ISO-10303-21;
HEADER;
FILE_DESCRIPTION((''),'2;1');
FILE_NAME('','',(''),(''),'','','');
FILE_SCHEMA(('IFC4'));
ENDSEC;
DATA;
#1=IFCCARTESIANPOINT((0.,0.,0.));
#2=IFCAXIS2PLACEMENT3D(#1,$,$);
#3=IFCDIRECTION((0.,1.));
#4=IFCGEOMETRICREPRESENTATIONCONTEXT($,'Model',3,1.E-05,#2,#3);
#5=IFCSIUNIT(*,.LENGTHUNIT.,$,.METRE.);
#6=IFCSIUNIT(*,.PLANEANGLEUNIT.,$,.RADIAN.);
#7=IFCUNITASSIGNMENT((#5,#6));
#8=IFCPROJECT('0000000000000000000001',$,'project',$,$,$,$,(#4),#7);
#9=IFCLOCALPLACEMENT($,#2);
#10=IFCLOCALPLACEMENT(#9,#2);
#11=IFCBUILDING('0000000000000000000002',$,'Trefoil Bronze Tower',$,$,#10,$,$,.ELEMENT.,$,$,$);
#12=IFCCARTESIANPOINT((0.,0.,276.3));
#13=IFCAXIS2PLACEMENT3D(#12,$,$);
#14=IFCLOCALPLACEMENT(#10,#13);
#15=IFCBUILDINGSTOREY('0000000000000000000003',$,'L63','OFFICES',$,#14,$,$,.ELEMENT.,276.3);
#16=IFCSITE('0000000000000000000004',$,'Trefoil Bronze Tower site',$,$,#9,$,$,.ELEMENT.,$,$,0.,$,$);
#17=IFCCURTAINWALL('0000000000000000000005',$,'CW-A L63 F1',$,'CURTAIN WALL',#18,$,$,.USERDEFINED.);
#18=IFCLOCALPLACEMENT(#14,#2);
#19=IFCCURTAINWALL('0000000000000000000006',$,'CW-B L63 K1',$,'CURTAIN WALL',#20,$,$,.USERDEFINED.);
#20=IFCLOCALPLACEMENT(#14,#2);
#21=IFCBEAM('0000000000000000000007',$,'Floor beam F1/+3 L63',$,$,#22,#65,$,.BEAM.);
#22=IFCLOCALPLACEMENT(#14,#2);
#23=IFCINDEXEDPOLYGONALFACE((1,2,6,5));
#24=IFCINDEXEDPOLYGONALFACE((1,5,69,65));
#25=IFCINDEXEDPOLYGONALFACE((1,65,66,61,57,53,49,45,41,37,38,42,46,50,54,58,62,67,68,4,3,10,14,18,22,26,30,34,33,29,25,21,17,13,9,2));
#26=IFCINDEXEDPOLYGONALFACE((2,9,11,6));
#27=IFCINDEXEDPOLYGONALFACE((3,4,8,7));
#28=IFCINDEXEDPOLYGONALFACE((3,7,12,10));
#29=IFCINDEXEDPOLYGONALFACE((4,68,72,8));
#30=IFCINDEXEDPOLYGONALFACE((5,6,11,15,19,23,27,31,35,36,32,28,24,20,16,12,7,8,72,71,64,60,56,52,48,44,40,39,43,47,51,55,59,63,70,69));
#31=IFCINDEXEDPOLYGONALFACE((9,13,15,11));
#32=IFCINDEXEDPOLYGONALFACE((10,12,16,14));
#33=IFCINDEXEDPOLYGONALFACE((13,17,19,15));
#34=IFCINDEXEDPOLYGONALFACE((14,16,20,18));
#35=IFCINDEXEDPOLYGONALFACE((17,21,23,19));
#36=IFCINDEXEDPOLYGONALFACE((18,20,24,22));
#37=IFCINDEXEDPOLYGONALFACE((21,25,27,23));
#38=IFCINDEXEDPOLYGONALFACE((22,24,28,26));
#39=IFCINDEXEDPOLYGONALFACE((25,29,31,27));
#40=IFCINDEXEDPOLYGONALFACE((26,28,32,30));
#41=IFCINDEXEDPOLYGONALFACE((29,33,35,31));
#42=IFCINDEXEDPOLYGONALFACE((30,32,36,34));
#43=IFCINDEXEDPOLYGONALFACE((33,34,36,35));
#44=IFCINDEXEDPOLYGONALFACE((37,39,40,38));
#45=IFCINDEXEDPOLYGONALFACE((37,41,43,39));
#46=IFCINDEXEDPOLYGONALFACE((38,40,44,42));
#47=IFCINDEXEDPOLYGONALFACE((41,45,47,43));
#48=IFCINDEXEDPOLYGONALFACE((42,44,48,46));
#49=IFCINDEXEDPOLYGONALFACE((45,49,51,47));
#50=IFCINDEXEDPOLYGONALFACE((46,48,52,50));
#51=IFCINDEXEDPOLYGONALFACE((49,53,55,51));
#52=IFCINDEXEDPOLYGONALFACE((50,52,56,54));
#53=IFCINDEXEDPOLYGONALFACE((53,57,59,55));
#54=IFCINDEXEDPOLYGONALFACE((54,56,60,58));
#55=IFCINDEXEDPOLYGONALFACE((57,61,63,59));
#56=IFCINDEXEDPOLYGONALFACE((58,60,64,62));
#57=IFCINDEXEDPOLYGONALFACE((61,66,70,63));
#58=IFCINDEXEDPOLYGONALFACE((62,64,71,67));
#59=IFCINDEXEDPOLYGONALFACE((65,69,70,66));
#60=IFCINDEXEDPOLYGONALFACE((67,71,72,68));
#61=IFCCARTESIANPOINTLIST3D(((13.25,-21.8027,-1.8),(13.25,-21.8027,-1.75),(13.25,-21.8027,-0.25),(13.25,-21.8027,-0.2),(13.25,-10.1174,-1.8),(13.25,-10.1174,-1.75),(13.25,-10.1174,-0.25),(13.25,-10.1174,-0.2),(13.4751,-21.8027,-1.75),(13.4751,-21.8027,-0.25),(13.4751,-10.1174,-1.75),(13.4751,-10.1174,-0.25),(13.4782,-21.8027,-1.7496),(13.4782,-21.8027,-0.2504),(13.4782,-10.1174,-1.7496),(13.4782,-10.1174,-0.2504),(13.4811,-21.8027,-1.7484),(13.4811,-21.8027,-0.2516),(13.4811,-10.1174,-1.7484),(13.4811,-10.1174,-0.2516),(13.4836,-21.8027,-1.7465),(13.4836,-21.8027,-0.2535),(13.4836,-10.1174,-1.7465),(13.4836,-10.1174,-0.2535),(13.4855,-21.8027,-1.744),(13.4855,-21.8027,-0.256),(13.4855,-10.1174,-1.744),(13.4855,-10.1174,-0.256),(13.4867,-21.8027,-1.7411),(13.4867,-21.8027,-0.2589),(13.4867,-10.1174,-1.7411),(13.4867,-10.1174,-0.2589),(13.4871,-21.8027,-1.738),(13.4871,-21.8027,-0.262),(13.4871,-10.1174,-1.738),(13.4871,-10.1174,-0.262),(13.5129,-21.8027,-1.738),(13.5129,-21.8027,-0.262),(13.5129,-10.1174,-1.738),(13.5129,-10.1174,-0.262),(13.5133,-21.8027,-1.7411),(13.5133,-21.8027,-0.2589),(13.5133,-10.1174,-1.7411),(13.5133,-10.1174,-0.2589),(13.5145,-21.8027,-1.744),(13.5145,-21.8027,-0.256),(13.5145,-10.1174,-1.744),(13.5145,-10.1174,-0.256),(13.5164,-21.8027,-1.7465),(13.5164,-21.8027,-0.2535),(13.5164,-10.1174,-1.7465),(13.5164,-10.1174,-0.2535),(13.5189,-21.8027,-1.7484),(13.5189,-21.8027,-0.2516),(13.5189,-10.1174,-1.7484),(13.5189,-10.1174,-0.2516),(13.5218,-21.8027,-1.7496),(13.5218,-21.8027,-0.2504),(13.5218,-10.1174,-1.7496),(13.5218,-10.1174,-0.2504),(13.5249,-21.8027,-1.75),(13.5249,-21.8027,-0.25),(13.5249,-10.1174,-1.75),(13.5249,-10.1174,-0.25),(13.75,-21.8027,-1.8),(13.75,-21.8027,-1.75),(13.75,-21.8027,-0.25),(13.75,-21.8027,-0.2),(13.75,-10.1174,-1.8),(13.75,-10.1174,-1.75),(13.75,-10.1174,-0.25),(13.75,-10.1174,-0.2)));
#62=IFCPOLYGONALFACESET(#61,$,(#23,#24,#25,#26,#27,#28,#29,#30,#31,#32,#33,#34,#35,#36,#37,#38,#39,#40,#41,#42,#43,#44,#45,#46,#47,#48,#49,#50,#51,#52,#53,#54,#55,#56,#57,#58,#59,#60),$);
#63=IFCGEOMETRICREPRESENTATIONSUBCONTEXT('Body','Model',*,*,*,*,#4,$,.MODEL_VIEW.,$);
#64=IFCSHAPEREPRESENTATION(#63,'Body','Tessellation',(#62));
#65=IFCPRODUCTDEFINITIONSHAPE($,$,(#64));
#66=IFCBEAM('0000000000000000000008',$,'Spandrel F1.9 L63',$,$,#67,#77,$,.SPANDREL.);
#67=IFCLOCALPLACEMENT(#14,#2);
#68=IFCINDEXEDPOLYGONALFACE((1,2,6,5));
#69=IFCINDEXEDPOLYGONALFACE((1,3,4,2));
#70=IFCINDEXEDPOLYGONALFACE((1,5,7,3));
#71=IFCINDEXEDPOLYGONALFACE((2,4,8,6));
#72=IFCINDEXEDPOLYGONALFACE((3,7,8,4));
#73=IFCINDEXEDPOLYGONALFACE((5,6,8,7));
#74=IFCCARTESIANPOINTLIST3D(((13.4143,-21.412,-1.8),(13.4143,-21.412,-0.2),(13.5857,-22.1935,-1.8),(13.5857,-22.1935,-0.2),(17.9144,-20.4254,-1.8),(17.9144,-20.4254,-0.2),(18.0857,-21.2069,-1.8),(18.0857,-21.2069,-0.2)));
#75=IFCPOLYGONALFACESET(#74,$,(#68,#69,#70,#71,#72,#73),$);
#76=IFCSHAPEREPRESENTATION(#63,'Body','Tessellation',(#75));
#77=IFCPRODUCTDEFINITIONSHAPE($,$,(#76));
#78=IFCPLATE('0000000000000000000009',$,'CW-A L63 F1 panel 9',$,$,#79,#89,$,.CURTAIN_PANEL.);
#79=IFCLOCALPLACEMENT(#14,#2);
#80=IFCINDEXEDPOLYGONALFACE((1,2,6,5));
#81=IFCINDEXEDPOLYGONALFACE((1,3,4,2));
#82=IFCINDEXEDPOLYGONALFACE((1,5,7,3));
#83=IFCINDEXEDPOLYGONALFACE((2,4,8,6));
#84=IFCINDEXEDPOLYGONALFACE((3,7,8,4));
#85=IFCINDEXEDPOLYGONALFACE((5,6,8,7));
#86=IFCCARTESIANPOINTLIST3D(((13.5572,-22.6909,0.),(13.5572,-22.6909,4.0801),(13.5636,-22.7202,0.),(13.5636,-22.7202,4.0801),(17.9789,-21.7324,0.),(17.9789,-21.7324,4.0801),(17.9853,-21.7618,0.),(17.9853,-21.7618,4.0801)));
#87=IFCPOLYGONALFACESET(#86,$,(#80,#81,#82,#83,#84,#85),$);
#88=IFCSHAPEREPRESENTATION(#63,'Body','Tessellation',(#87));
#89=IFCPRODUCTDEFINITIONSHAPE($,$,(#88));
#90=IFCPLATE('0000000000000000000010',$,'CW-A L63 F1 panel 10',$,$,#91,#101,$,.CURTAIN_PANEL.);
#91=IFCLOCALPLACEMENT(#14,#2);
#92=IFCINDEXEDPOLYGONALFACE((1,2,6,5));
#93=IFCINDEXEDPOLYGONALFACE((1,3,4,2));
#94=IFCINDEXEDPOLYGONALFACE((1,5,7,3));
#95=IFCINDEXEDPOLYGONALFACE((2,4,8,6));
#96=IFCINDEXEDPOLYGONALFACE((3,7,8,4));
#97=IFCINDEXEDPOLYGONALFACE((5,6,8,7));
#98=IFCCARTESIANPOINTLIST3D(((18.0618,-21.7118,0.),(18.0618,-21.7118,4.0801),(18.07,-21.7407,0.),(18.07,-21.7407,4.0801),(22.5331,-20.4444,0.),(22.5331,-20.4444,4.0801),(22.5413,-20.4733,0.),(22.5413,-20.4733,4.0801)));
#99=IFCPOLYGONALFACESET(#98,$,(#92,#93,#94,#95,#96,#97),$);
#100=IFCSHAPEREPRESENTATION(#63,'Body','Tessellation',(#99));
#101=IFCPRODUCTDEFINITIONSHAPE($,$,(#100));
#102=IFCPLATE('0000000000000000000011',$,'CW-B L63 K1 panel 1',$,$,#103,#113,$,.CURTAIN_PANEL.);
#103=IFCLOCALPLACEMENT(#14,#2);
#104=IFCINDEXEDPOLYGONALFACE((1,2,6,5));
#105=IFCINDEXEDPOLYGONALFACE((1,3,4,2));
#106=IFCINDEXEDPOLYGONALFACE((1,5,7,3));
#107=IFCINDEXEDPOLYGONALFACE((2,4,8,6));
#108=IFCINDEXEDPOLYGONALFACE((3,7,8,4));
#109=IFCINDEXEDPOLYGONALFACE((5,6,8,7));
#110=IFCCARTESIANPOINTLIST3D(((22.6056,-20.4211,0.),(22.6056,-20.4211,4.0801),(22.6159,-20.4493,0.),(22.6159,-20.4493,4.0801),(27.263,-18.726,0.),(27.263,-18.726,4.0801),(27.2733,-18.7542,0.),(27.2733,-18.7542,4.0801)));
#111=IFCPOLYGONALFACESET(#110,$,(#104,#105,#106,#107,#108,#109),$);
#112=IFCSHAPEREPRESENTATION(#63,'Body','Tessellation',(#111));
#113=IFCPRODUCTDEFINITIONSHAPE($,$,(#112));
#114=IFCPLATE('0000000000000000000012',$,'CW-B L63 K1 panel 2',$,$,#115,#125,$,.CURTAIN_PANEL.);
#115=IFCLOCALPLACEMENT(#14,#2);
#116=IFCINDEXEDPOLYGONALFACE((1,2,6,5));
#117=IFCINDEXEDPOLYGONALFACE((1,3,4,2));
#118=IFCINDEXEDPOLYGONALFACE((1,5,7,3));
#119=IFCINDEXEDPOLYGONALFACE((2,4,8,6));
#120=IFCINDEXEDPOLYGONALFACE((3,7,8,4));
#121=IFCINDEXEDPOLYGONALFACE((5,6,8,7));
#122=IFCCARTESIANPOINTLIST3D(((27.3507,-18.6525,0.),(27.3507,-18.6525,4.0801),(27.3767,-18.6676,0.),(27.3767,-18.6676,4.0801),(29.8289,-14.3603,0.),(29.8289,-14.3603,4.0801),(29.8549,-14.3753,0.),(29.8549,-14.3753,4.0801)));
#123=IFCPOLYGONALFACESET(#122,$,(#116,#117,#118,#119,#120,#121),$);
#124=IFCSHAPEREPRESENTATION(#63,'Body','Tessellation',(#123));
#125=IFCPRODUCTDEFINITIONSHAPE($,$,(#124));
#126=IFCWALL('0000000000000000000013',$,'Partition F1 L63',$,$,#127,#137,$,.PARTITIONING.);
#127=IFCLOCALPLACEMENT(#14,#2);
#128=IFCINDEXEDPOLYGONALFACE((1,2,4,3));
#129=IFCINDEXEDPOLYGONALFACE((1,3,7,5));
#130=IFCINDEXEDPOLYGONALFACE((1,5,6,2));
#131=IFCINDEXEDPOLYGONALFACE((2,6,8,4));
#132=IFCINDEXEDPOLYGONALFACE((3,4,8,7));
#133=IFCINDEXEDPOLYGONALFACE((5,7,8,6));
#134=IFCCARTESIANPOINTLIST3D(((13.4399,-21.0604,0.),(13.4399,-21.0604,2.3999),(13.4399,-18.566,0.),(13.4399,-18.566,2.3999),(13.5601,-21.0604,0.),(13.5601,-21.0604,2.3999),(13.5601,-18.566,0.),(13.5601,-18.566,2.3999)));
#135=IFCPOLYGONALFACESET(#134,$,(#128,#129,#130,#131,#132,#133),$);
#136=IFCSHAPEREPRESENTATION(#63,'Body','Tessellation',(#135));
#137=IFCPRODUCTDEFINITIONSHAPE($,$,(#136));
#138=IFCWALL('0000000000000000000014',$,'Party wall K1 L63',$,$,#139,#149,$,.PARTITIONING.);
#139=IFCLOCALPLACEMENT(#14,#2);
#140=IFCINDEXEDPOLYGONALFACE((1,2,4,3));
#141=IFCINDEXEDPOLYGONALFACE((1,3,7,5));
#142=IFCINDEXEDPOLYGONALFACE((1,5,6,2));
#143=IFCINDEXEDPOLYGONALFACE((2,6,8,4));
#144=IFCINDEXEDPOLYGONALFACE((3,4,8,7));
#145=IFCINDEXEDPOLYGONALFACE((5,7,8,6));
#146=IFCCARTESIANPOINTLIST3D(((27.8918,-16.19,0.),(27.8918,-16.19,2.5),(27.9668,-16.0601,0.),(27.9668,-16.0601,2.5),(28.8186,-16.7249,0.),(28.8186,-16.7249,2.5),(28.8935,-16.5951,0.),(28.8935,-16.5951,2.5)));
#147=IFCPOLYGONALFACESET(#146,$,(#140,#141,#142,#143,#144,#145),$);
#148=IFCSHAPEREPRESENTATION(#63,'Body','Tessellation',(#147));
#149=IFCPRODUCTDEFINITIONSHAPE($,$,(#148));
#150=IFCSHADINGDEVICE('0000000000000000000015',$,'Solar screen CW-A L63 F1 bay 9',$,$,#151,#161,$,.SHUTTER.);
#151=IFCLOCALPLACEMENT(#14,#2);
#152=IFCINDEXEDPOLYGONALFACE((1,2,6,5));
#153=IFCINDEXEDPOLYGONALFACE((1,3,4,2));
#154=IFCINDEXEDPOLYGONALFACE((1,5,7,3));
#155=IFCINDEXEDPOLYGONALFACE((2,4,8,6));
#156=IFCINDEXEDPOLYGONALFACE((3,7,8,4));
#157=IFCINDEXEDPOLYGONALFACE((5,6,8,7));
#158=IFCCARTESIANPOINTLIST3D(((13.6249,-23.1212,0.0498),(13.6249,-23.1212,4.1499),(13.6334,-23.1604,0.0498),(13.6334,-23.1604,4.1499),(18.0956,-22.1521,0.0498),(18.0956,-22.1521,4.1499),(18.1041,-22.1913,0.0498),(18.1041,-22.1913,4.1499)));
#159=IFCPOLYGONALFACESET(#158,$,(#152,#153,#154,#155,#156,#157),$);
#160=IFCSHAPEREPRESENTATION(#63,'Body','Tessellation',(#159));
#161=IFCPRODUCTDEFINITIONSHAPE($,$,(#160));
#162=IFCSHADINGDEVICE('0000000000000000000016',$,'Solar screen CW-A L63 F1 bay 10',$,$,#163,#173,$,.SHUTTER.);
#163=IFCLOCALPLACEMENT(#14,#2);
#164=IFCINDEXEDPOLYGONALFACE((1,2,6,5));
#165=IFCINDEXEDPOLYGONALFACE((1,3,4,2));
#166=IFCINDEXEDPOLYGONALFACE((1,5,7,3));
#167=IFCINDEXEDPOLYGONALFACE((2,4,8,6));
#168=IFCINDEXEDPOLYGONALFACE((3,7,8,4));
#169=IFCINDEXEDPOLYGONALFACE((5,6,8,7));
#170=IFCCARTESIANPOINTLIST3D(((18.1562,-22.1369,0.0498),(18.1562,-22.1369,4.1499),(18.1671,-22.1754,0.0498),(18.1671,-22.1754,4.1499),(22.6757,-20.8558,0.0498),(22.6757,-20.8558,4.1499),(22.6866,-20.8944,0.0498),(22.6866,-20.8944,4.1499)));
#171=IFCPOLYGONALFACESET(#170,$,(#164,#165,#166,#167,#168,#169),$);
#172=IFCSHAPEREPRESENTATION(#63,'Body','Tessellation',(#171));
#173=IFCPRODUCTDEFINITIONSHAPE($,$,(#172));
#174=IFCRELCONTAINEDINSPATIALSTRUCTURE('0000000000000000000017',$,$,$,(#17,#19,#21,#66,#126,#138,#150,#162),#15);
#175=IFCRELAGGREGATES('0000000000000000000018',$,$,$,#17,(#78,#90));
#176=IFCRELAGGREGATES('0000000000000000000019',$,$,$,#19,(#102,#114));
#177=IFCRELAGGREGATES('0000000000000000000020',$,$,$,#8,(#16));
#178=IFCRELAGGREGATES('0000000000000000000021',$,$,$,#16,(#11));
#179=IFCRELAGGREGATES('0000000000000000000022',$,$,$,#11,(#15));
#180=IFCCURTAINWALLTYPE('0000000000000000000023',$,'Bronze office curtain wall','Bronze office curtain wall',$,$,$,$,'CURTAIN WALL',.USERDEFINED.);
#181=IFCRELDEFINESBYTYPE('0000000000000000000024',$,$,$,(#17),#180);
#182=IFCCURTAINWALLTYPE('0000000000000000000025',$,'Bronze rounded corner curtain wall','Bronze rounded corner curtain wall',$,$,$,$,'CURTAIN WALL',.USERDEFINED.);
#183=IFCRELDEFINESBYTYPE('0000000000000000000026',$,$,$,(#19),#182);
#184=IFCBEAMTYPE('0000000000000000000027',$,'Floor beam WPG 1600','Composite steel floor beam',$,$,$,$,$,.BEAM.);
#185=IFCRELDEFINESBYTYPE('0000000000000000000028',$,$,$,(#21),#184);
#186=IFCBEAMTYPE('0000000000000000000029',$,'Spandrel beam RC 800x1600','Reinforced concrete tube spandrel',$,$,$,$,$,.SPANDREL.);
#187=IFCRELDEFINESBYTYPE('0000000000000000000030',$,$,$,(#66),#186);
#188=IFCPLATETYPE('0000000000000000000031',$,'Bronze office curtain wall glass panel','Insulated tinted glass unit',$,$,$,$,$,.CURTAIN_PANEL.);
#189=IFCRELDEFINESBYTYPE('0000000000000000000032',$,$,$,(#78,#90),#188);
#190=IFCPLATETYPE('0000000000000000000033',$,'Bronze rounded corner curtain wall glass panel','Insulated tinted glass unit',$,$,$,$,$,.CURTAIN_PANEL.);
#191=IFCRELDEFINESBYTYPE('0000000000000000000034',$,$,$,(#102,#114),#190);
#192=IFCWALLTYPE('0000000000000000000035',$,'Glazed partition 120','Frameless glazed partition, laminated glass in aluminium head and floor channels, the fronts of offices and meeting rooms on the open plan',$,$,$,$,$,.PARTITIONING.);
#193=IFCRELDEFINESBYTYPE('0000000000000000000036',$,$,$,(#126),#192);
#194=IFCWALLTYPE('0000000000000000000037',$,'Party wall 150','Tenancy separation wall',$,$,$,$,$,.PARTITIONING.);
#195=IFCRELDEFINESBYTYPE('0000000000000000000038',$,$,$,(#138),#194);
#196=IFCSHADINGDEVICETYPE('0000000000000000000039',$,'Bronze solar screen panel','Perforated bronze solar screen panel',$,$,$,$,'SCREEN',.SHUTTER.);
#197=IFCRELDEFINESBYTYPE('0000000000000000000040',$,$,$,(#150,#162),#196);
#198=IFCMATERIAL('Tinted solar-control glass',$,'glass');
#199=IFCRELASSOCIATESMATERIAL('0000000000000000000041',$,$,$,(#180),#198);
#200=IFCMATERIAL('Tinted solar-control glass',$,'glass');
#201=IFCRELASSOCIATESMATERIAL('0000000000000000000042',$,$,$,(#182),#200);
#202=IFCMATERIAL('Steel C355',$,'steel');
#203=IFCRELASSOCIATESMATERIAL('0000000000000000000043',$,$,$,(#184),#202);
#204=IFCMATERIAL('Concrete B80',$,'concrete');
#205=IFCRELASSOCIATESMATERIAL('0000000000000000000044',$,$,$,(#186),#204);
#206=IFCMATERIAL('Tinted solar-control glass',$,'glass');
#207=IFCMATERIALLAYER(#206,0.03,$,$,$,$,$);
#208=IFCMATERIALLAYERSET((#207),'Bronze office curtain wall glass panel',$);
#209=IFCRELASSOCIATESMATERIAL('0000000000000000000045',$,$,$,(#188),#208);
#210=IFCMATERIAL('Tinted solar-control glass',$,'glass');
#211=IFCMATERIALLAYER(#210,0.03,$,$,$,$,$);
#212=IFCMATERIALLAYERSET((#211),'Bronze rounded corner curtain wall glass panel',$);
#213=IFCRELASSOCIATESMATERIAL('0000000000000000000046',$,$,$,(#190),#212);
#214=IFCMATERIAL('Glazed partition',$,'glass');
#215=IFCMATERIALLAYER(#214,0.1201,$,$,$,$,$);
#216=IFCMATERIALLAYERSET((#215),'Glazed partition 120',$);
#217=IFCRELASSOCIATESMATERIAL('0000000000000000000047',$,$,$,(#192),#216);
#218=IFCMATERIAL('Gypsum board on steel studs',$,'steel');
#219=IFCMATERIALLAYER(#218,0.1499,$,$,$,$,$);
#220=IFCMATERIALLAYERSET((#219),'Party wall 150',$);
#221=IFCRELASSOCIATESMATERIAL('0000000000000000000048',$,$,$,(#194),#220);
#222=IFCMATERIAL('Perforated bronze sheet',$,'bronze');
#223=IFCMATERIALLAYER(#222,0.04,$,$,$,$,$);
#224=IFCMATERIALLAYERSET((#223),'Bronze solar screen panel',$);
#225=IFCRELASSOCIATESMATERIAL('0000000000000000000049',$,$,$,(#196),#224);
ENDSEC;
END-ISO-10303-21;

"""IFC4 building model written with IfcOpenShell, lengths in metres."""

from ifc_helpers import new_model, si_unit, direction, frame, frame_2d, origin, origin_2d, place, context, subcontext, project, spatial, rectangle, i_section, extrude, material, layer, layer_set, material_profile, profile_set, type_object, element, aggregate, save


model = new_model("IFC4")

# Units and contexts
model_context = context("Model", 3, precision=1e-05, world=origin(), true_north=direction((0.0, 1.0)))
body_context = subcontext(model_context, "Body", "Model", "MODEL_VIEW")
ifc_project = project(units=[si_unit("LENGTHUNIT", "METRE"), si_unit("PLANEANGLEUNIT", "RADIAN")], contexts=[model_context])

# Site, building, storey
site_placement = place(None, origin())
site = spatial("IfcSite", under=ifc_project, at=site_placement, Name="Trefoil Bronze Tower site", CompositionType="ELEMENT", RefElevation=0.0)
building_placement = place(site_placement, origin())
building = spatial("IfcBuilding", under=site, at=building_placement, Name="Trefoil Bronze Tower", CompositionType="ELEMENT")
storey_placement = place(building_placement, frame((0.0, 0.0, 276.3)))
storey = spatial("IfcBuildingStorey", under=building, at=storey_placement, Name="L63", Description="OFFICES", CompositionType="ELEMENT", Elevation=276.3)

# Curtain walls
ifc_material_1 = material(Name="Tinted solar-control glass", Category="glass")
curtain_wall_type_1 = type_object("IfcCurtainWallType", Name="Bronze office curtain wall", Description="Bronze office curtain wall", ElementType="CURTAIN WALL", PredefinedType="USERDEFINED", material=ifc_material_1)
curtain_wall_1_placement = place(storey_placement, origin())
curtain_wall_1 = element("IfcCurtainWall", 1, at=curtain_wall_1_placement, inside=storey, type_object=curtain_wall_type_1, Name="CW-A L63 F1", ObjectType="CURTAIN WALL", PredefinedType="USERDEFINED")
ifc_material_2 = material(Name="Tinted solar-control glass", Category="glass")
curtain_wall_type_2 = type_object("IfcCurtainWallType", Name="Bronze rounded corner curtain wall", Description="Bronze rounded corner curtain wall", ElementType="CURTAIN WALL", PredefinedType="USERDEFINED", material=ifc_material_2)
curtain_wall_2_placement = place(storey_placement, origin())
curtain_wall_2 = element("IfcCurtainWall", 2, at=curtain_wall_2_placement, inside=storey, type_object=curtain_wall_type_2, Name="CW-B L63 K1", ObjectType="CURTAIN WALL", PredefinedType="USERDEFINED")

# Beams
ifc_material_3 = material(Name="Steel C355", Category="steel")
ifc_material_profile_1 = material_profile(ifc_material_3, i_section(OverallWidth=0.5, OverallDepth=1.6001, WebThickness=0.0259, FlangeThickness=0.05, FilletRadius=0.012, at=origin_2d()), Name="WPG 1600")
ifc_profile_set_1 = profile_set([ifc_material_profile_1], Name="Steel C355")
beam_type_1 = type_object("IfcBeamType", Name="Floor beam WPG 1600", Description="Composite steel floor beam", PredefinedType="BEAM", material=ifc_profile_set_1)
beam_1_placement = place(storey_placement, frame((13.5, -21.8027, -1.0), z_axis=(0.0, 1.0, 0.0), x_axis=(-1.0, 0.0, 0.0)))
element("IfcBeam", 3, at=beam_1_placement, inside=storey, type_object=beam_type_1, Name="Floor beam F1/+3 L63", PredefinedType="BEAM", context=body_context, shape_type="SweptSolid", body=[
    extrude(i_section(OverallWidth=0.5, OverallDepth=1.6001, WebThickness=0.0259, FlangeThickness=0.05, FilletRadius=0.012, at=origin_2d()), origin(), (0.0, 0.0, 1.0), 11.6853),
])
ifc_material_4 = material(Name="Concrete B80", Category="concrete")
ifc_material_profile_2 = material_profile(ifc_material_4, rectangle(XDim=0.8, YDim=1.6001, at=origin_2d()), Name="RC 800x1600")
ifc_profile_set_2 = profile_set([ifc_material_profile_2], Name="Concrete B80")
beam_type_2 = type_object("IfcBeamType", Name="Spandrel beam RC 800x1600", Description="Reinforced concrete tube spandrel", PredefinedType="SPANDREL", material=ifc_profile_set_2)
beam_2_placement = place(storey_placement, frame((13.5, -21.8027, -1.0), z_axis=(0.9768, 0.214152, 0.0), x_axis=(-0.214152, 0.9768, 0.0)))
element("IfcBeam", 4, at=beam_2_placement, inside=storey, type_object=beam_type_2, Name="Spandrel F1.9 L63", PredefinedType="SPANDREL", context=body_context, shape_type="SweptSolid", body=[
    extrude(rectangle(XDim=0.8, YDim=1.6001, at=origin_2d()), origin(), (0.0, 0.0, 1.0), 4.6069),
])

# Plates
ifc_material_5 = material(Name="Tinted solar-control glass", Category="glass")
ifc_layer_1 = layer(ifc_material_5, 0.03)
ifc_layer_set_1 = layer_set([ifc_layer_1], Name="Bronze office curtain wall glass panel")
plate_type_1 = type_object("IfcPlateType", Name="Bronze office curtain wall glass panel", Description="Insulated tinted glass unit", PredefinedType="CURTAIN_PANEL", material=ifc_layer_set_1)
plate_1_placement = place(storey_placement, frame((15.7712, -22.2263, 0.0), z_axis=(0.0, 0.0, 1.0), x_axis=(0.977303, 0.211846, 0.0)))
plate_1 = element("IfcPlate", 5, at=plate_1_placement, type_object=plate_type_1, Name="CW-A L63 F1 panel 9", PredefinedType="CURTAIN_PANEL", context=body_context, shape_type="SweptSolid", body=[
    extrude(rectangle(XDim=4.5244, YDim=0.03, at=origin_2d()), origin(), (0.0, 0.0, 1.0), 4.0801),
])
plate_2_placement = place(storey_placement, frame((20.3015, -21.0925, 0.0), z_axis=(0.0, 0.0, 1.0), x_axis=(0.962098, 0.272705, 0.0)))
plate_2 = element("IfcPlate", 6, at=plate_2_placement, type_object=plate_type_1, Name="CW-A L63 F1 panel 10", PredefinedType="CURTAIN_PANEL", context=body_context, shape_type="SweptSolid", body=[
    extrude(rectangle(XDim=4.6475, YDim=0.03, at=origin_2d()), origin(), (0.0, 0.0, 1.0), 4.0801),
])
aggregate(curtain_wall_1, [plate_1, plate_2])
ifc_material_6 = material(Name="Tinted solar-control glass", Category="glass")
ifc_layer_2 = layer(ifc_material_6, 0.03)
ifc_layer_set_2 = layer_set([ifc_layer_2], Name="Bronze rounded corner curtain wall glass panel")
plate_type_2 = type_object("IfcPlateType", Name="Bronze rounded corner curtain wall glass panel", Description="Insulated tinted glass unit", PredefinedType="CURTAIN_PANEL", material=ifc_layer_set_2)
plate_3_placement = place(storey_placement, frame((24.9395, -19.5876, 0.0), z_axis=(0.0, 0.0, 1.0), x_axis=(0.939693, 0.34202, 0.0)))
plate_3 = element("IfcPlate", 7, at=plate_3_placement, type_object=plate_type_2, Name="CW-B L63 K1 panel 1", PredefinedType="CURTAIN_PANEL", context=body_context, shape_type="SweptSolid", body=[
    extrude(rectangle(XDim=4.9563, YDim=0.03, at=origin_2d()), origin(), (0.0, 0.0, 1.0), 4.0801),
])
plate_4_placement = place(storey_placement, frame((28.6028, -16.5139, 0.0), z_axis=(0.0, 0.0, 1.0), x_axis=(0.5, 0.866025, 0.0)))
plate_4 = element("IfcPlate", 8, at=plate_4_placement, type_object=plate_type_2, Name="CW-B L63 K1 panel 2", PredefinedType="CURTAIN_PANEL", context=body_context, shape_type="SweptSolid", body=[
    extrude(rectangle(XDim=4.9563, YDim=0.03, at=origin_2d()), origin(), (0.0, 0.0, 1.0), 4.0801),
])
aggregate(curtain_wall_2, [plate_3, plate_4])

# Walls
ifc_material_7 = material(Name="Glazed partition", Category="glass")
ifc_layer_3 = layer(ifc_material_7, 0.1201)
ifc_layer_set_3 = layer_set([ifc_layer_3], Name="Glazed partition 120")
wall_type_1 = type_object("IfcWallType", Name="Glazed partition 120", Description="Frameless glazed partition, laminated glass in aluminium head and floor channels, the fronts of offices and meeting rooms on the open plan", PredefinedType="PARTITIONING", material=ifc_layer_set_3)
wall_1_placement = place(storey_placement, frame((13.5, -18.5662, 0.0), z_axis=(0.0, 0.0, 1.0), x_axis=(0.0, -1.0, 0.0)))
element("IfcWall", 9, at=wall_1_placement, inside=storey, type_object=wall_type_1, Name="Partition F1 L63", PredefinedType="PARTITIONING", context=body_context, shape_type="SweptSolid", body=[
    extrude(rectangle(XDim=2.4944, YDim=0.1201, at=frame_2d((1.2471, 0.0))), origin(), (0.0, 0.0, 1.0), 2.3999),
])
ifc_material_8 = material(Name="Gypsum board on steel studs", Category="steel")
ifc_layer_4 = layer(ifc_material_8, 0.1499)
ifc_layer_set_4 = layer_set([ifc_layer_4], Name="Party wall 150")
wall_type_2 = type_object("IfcWallType", Name="Party wall 150", Description="Tenancy separation wall", PredefinedType="PARTITIONING", material=ifc_layer_set_4)
wall_2_placement = place(storey_placement, frame((27.9292, -16.125, 0.0), z_axis=(0.0, 0.0, 1.0), x_axis=(0.866087, -0.499894, 0.0)))
element("IfcWall", 10, at=wall_2_placement, inside=storey, type_object=wall_type_2, Name="Party wall K1 L63", PredefinedType="PARTITIONING", context=body_context, shape_type="SweptSolid", body=[
    extrude(rectangle(XDim=1.0701, YDim=0.1499, at=frame_2d((0.5352, 0.0))), origin(), (0.0, 0.0, 1.0), 2.5),
])

# Shading devices
ifc_material_9 = material(Name="Perforated bronze sheet", Category="bronze")
ifc_layer_5 = layer(ifc_material_9, 0.04)
ifc_layer_set_5 = layer_set([ifc_layer_5], Name="Bronze solar screen panel")
shading_device_type = type_object("IfcShadingDeviceType", Name="Bronze solar screen panel", Description="Perforated bronze solar screen panel", ElementType="SCREEN", PredefinedType="SHUTTER", material=ifc_layer_set_5)
shading_device_1_placement = place(storey_placement, frame((15.8645, -22.6562, 0.0498), z_axis=(0.0, 0.0, 1.0), x_axis=(0.977303, 0.211846, 0.0)))
element("IfcShadingDevice", 11, at=shading_device_1_placement, inside=storey, type_object=shading_device_type, Name="Solar screen CW-A L63 F1 bay 9", PredefinedType="SHUTTER", context=body_context, shape_type="SweptSolid", body=[
    extrude(rectangle(XDim=4.5745, YDim=0.04, at=origin_2d()), origin(), (0.0, 0.0, 1.0), 4.1001),
])
shading_device_2_placement = place(storey_placement, frame((20.4214, -21.5156, 0.0498), z_axis=(0.0, 0.0, 1.0), x_axis=(0.962098, 0.272705, 0.0)))
element("IfcShadingDevice", 12, at=shading_device_2_placement, inside=storey, type_object=shading_device_type, Name="Solar screen CW-A L63 F1 bay 10", PredefinedType="SHUTTER", context=body_context, shape_type="SweptSolid", body=[
    extrude(rectangle(XDim=4.6975, YDim=0.04, at=origin_2d()), origin(), (0.0, 0.0, 1.0), 4.1001),
])

save(model, "model.ifc")
